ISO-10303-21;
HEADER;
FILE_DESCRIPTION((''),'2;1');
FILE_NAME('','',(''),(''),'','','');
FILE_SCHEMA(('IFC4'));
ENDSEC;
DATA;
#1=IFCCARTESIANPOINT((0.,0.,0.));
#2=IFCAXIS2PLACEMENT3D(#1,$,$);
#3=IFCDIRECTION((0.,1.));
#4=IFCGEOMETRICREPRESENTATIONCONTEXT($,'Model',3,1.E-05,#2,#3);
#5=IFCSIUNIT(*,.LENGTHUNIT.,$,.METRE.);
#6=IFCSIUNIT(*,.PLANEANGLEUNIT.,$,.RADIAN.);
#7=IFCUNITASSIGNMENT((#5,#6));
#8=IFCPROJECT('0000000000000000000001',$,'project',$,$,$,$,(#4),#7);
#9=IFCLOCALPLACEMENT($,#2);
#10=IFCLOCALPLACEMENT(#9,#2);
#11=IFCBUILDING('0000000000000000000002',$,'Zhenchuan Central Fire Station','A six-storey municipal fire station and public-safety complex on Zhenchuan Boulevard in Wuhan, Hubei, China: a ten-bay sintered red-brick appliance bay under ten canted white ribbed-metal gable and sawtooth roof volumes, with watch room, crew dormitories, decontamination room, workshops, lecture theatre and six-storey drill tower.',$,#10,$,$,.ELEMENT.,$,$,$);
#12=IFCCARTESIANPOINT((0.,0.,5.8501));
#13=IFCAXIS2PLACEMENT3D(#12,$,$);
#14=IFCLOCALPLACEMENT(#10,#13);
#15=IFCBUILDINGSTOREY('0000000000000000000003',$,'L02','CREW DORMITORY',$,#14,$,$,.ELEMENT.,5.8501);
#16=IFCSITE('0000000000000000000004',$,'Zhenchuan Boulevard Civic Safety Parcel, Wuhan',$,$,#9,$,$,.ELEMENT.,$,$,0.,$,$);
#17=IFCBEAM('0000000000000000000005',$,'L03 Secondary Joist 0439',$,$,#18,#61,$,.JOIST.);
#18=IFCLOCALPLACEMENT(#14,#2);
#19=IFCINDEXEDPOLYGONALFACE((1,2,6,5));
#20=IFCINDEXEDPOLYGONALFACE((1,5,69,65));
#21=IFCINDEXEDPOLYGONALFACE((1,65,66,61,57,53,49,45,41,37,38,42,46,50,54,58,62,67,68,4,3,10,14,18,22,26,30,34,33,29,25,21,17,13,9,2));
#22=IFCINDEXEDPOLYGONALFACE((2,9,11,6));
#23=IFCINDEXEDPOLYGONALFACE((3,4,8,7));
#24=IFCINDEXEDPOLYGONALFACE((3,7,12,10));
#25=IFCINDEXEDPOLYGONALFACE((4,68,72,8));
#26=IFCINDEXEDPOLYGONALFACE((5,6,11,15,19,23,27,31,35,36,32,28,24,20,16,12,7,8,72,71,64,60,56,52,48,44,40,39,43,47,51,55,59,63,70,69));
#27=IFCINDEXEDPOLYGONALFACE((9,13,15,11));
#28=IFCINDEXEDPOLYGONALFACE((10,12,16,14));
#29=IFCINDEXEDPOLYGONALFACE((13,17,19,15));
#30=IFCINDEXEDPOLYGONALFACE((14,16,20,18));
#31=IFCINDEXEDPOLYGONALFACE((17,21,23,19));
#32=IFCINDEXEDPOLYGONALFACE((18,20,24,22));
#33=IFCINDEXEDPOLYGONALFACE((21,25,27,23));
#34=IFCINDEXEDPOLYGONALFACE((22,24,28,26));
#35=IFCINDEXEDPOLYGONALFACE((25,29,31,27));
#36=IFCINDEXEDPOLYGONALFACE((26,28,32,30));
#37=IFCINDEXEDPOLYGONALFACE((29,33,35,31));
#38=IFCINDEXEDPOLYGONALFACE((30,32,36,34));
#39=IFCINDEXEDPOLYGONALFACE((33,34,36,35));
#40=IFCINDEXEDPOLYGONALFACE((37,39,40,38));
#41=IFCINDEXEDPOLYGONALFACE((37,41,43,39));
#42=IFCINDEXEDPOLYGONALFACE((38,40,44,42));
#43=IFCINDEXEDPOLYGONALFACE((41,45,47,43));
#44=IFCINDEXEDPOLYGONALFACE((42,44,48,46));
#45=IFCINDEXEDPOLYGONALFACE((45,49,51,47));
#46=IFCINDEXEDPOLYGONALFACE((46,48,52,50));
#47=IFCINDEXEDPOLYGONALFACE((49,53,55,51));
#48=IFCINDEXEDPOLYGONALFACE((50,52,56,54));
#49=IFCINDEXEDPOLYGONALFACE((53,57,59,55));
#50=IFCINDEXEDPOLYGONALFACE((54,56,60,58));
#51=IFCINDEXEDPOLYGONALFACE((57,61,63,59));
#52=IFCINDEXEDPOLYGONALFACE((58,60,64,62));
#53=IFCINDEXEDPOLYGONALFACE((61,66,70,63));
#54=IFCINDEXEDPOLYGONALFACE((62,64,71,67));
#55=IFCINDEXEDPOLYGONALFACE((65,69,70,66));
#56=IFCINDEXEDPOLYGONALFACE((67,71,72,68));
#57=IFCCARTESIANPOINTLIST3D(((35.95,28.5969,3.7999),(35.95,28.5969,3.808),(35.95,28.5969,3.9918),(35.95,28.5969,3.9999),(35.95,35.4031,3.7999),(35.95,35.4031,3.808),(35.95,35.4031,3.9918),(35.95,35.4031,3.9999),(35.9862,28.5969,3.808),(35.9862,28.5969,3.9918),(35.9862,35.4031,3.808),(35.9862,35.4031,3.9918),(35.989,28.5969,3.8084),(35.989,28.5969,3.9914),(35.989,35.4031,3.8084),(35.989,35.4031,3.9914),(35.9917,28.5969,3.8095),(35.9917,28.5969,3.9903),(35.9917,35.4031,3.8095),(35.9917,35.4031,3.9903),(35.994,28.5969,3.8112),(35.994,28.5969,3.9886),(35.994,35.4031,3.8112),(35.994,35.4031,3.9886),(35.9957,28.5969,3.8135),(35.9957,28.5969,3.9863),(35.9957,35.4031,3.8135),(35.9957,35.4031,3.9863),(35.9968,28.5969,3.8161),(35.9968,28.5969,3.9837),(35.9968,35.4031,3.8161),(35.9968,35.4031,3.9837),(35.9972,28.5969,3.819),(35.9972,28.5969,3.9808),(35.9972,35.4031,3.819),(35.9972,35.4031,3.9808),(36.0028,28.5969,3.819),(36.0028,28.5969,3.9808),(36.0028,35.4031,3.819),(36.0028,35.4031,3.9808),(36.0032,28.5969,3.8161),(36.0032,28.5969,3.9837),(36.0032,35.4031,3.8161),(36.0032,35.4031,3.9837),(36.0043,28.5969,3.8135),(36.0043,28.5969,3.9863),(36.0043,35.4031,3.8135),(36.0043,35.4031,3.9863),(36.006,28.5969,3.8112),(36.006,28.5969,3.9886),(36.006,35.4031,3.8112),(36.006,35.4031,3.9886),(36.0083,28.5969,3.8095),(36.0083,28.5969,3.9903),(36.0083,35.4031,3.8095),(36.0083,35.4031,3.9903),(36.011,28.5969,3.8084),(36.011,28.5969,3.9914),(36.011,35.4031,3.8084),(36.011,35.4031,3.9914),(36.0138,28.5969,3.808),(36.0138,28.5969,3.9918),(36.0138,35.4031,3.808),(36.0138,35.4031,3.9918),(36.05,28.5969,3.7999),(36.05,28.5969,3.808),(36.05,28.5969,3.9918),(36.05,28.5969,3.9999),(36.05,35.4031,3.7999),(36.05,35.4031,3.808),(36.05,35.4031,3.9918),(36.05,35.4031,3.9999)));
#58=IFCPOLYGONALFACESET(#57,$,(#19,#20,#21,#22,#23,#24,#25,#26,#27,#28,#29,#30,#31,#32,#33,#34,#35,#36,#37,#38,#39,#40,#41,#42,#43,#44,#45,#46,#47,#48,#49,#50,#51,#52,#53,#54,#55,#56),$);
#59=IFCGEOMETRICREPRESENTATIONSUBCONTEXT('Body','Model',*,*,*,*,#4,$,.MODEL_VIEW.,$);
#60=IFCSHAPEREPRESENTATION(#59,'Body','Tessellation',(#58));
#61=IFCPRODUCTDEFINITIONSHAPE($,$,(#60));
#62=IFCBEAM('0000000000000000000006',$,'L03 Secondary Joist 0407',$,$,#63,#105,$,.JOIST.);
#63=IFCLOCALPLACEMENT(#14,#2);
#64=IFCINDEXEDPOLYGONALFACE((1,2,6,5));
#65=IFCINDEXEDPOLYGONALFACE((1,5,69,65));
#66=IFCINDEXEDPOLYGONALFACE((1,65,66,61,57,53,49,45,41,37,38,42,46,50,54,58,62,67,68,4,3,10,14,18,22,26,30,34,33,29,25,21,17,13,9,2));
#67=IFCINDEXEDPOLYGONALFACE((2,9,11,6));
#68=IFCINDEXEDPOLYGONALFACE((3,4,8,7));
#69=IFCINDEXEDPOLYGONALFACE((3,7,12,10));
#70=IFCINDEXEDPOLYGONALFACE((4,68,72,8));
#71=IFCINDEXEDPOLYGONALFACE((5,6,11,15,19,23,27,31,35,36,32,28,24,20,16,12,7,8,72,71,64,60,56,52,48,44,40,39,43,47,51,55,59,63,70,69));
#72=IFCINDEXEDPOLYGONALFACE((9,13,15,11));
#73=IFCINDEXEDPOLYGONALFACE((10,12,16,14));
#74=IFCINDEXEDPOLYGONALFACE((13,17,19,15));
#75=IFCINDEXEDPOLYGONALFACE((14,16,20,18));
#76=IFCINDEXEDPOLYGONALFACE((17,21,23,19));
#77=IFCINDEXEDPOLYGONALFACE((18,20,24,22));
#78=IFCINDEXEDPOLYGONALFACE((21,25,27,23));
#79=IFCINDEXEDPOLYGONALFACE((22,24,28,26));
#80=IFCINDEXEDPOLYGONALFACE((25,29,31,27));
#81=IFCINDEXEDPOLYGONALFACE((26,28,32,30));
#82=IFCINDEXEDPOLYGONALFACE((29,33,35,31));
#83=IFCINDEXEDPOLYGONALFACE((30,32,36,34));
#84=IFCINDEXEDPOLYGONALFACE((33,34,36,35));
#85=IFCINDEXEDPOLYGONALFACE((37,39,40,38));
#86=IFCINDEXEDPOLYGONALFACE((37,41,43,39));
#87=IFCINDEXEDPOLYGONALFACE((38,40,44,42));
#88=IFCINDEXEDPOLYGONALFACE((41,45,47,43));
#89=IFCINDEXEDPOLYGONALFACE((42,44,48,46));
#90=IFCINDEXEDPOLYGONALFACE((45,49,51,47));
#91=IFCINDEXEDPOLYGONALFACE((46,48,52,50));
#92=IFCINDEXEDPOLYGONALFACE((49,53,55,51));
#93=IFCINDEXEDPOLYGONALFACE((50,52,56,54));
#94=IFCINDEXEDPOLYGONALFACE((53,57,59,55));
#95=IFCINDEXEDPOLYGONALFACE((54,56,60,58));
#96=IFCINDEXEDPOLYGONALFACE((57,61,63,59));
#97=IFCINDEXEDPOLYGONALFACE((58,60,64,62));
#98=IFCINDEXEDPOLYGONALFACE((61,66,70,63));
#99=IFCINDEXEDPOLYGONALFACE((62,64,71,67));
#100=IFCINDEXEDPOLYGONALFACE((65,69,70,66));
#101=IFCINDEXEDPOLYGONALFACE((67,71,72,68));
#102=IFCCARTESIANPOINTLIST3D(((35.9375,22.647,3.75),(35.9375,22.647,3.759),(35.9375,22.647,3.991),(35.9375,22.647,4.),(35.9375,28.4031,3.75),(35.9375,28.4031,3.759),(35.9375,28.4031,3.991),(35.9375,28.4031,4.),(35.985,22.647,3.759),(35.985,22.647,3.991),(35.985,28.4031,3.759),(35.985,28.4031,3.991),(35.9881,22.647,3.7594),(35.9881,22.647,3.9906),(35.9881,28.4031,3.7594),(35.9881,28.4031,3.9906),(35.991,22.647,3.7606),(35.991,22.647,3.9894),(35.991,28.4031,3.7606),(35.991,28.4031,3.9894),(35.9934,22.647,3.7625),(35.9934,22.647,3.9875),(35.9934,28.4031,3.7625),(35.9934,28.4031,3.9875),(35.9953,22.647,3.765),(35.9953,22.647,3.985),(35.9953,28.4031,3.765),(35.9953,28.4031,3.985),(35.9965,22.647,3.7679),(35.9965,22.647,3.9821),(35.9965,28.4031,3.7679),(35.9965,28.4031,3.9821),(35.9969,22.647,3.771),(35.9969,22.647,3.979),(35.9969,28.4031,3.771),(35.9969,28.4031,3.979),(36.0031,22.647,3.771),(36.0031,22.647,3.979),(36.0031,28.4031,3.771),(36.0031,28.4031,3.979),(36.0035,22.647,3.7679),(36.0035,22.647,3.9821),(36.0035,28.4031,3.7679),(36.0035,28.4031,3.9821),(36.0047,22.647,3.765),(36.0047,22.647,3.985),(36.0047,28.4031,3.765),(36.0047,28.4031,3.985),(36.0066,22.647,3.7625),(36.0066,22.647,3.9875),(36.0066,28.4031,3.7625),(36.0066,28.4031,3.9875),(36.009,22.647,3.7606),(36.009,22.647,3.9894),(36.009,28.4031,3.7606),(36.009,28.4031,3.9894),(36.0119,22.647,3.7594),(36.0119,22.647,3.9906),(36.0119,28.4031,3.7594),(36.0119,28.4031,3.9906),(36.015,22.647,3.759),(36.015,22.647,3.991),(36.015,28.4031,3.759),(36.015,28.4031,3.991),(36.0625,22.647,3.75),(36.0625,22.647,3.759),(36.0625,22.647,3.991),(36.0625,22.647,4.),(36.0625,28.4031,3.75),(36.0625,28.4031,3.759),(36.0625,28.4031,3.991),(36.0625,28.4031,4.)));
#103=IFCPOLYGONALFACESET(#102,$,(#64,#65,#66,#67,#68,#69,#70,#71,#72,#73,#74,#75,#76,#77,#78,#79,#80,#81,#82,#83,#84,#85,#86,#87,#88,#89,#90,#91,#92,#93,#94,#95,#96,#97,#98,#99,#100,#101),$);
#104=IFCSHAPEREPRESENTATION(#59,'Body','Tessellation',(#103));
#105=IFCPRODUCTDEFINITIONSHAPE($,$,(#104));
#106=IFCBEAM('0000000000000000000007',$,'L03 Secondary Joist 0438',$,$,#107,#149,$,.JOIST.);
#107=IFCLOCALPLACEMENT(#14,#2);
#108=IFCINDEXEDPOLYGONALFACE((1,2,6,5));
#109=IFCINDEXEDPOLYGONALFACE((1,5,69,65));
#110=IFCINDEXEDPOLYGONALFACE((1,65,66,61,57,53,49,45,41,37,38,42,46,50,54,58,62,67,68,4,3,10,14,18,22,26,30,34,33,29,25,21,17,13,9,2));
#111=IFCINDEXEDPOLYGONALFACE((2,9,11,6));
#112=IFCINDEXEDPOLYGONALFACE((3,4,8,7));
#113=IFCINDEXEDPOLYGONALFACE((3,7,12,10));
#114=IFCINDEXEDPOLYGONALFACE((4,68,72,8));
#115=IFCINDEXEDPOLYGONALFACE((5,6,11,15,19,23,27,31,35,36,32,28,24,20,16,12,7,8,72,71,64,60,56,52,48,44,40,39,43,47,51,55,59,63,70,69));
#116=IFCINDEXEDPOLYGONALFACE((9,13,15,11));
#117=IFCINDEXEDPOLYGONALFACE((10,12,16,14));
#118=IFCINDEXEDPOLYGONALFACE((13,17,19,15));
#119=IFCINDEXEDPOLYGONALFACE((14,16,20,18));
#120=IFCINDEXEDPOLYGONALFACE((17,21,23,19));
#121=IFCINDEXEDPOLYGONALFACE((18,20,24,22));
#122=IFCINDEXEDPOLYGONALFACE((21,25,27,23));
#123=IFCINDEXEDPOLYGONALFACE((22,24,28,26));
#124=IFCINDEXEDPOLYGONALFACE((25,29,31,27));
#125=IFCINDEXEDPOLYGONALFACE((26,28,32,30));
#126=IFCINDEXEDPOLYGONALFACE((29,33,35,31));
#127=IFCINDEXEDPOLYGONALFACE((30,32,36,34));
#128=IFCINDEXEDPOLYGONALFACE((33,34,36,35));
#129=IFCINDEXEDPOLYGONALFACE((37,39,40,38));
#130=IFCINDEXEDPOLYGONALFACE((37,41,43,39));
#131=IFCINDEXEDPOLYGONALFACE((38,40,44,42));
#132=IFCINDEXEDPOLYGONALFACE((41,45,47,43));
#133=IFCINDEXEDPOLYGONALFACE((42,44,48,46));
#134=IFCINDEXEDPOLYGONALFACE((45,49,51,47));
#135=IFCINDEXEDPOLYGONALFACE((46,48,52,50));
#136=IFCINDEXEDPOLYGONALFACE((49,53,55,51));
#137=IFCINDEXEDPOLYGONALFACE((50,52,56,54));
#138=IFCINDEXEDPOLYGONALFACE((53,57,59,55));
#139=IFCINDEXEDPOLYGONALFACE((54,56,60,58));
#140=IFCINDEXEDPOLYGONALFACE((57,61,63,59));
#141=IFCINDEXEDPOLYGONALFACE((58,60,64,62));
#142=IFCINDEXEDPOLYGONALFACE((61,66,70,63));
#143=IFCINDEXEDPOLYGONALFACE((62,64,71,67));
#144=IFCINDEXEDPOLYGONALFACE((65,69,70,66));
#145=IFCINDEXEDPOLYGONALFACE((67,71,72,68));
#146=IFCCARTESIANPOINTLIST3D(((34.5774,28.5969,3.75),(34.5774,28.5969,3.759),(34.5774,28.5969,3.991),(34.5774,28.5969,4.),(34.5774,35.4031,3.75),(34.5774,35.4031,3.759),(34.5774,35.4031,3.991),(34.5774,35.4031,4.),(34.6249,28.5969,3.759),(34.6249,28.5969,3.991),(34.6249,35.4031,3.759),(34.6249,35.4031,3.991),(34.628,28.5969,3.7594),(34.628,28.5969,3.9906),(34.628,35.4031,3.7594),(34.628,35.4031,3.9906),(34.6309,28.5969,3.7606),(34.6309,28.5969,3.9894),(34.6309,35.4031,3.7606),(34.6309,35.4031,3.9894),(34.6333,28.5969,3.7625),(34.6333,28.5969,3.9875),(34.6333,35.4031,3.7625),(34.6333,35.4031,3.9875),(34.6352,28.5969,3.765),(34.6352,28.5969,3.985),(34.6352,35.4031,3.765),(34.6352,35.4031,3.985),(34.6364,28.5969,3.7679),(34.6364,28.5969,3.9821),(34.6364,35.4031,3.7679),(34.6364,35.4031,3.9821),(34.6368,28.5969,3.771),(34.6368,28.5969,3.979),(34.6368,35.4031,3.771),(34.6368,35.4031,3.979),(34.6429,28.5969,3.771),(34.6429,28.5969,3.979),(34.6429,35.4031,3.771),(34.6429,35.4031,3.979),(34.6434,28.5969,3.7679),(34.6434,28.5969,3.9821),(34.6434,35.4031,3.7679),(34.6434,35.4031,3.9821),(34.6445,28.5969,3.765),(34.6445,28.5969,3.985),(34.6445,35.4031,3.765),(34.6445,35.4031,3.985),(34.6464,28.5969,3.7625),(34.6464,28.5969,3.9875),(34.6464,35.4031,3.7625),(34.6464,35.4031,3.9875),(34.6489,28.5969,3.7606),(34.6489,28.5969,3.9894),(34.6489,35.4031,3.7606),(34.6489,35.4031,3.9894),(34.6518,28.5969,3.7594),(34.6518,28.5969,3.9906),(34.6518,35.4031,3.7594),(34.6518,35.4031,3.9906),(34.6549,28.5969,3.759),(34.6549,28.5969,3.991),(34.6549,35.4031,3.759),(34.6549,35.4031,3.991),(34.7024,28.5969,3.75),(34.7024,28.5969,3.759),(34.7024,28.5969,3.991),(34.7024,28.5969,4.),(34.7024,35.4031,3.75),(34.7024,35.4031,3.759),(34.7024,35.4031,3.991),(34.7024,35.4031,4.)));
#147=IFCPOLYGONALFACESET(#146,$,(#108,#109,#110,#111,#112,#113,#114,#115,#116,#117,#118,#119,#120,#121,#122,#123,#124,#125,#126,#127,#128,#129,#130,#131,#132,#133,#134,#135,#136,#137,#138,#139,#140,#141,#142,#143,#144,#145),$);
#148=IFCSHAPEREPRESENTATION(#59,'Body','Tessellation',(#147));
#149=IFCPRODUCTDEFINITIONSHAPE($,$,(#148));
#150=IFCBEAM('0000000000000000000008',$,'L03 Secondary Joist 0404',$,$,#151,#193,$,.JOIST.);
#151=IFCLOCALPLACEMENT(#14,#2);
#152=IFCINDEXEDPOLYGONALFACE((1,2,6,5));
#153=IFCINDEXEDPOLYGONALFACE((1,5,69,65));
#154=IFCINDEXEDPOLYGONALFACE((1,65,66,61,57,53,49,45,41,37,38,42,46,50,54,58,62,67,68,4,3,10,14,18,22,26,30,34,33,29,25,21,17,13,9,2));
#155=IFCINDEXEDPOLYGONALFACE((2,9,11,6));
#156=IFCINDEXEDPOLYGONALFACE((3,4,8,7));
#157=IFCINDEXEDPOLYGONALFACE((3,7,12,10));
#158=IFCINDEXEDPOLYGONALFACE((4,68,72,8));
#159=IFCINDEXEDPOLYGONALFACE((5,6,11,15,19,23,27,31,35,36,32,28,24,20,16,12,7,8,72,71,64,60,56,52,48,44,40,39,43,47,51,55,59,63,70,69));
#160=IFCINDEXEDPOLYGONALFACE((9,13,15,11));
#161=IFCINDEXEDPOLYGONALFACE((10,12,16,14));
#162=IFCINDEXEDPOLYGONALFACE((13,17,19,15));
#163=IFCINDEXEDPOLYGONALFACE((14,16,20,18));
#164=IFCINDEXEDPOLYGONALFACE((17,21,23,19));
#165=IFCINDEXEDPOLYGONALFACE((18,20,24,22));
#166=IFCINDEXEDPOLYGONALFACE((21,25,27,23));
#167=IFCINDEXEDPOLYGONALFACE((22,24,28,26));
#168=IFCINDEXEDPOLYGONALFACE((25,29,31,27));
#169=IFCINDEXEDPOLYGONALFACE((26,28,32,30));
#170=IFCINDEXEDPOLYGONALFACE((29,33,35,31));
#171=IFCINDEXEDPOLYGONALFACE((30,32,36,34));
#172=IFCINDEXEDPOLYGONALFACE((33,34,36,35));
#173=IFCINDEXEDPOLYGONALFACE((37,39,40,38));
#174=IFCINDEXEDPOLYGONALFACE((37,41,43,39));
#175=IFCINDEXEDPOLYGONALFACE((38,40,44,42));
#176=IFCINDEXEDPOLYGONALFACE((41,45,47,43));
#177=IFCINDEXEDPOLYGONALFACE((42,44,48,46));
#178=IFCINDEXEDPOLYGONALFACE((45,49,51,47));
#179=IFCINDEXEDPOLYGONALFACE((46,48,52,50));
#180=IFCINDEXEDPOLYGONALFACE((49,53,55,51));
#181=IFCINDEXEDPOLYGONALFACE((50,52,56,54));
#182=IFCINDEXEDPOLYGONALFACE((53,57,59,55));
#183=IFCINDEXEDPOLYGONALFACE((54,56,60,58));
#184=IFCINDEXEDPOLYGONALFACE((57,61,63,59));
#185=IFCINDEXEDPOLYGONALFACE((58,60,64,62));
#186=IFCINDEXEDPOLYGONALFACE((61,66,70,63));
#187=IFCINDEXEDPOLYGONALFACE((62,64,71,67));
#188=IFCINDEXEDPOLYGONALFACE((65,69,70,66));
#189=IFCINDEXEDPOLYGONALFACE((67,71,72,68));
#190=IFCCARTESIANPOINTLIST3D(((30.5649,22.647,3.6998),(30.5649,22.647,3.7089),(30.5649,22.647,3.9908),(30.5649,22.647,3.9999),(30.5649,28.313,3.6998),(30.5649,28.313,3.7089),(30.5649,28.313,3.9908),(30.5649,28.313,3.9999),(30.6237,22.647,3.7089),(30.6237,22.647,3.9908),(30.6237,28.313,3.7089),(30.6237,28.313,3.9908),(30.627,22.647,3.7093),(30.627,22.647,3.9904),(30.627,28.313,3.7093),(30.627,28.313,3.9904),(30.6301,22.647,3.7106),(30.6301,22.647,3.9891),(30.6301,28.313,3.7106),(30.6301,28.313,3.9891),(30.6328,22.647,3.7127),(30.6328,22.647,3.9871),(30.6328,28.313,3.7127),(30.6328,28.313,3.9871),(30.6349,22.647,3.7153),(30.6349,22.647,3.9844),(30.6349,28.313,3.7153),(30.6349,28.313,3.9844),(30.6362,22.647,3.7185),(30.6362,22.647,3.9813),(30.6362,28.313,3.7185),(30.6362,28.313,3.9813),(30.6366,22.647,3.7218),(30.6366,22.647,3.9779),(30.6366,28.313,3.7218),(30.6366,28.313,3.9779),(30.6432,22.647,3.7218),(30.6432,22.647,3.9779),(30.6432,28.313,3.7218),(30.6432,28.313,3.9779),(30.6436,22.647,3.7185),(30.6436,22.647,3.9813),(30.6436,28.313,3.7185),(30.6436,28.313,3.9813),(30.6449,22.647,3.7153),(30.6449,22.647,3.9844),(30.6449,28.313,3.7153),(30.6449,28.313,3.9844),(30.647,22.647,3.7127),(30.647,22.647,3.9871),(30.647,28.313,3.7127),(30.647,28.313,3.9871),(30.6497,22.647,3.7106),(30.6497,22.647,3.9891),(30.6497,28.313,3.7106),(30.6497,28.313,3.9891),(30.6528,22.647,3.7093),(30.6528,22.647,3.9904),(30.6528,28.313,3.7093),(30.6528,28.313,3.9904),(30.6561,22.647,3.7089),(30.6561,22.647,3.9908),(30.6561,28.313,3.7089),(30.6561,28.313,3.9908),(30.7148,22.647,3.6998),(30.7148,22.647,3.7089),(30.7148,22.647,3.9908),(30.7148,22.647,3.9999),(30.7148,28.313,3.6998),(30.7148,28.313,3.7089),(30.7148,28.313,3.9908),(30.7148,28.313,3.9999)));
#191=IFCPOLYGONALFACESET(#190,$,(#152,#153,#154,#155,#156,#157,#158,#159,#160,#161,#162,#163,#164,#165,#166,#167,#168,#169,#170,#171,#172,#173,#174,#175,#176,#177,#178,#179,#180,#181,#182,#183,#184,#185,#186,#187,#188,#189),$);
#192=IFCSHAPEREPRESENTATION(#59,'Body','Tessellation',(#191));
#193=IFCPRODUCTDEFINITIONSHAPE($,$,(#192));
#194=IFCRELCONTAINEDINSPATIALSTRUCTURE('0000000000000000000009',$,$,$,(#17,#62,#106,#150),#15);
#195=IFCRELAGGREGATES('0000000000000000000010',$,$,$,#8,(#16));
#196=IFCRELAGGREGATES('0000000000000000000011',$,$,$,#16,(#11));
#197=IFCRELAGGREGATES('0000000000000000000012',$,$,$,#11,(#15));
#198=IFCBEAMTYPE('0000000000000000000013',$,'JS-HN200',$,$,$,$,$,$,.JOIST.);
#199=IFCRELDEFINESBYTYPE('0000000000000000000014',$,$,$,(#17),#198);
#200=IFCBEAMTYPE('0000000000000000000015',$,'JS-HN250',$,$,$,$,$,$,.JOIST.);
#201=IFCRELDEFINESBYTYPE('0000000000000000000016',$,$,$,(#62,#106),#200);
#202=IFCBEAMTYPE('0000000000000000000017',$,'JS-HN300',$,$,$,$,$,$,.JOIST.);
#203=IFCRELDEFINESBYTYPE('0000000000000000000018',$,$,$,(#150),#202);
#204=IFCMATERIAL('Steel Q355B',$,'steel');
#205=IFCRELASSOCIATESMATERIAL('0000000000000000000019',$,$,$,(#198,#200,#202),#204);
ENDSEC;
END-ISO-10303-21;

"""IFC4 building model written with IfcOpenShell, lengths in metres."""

from ifc_helpers import new_model, si_unit, direction, frame, origin, origin_2d, place, context, subcontext, project, spatial, i_section, extrude, material, material_profile, profile_set, type_object, element, save


model = new_model("IFC4")

# Units and contexts
model_context = context("Model", 3, precision=1e-05, world=origin(), true_north=direction((0.0, 1.0)))
body_context = subcontext(model_context, "Body", "Model", "MODEL_VIEW")
ifc_project = project(units=[si_unit("LENGTHUNIT", "METRE"), si_unit("PLANEANGLEUNIT", "RADIAN")], contexts=[model_context])

# Site, building, storey
site_placement = place(None, origin())
site = spatial("IfcSite", under=ifc_project, at=site_placement, Name="Zhenchuan Boulevard Civic Safety Parcel, Wuhan", CompositionType="ELEMENT", RefElevation=0.0)
building_placement = place(site_placement, origin())
building = spatial("IfcBuilding", under=site, at=building_placement, Name="Zhenchuan Central Fire Station", Description="A six-storey municipal fire station and public-safety complex on Zhenchuan Boulevard in Wuhan, Hubei, China: a ten-bay sintered red-brick appliance bay under ten canted white ribbed-metal gable and sawtooth roof volumes, with watch room, crew dormitories, decontamination room, workshops, lecture theatre and six-storey drill tower.", CompositionType="ELEMENT")
storey_placement = place(building_placement, frame((0.0, 0.0, 5.8501)))
storey = spatial("IfcBuildingStorey", under=building, at=storey_placement, Name="L02", Description="CREW DORMITORY", CompositionType="ELEMENT", Elevation=5.8501)

# Shared definitions
ifc_material_1 = material(Name="Steel Q355B", Category="steel")

# Beams
ifc_material_profile_1 = material_profile(ifc_material_1, i_section(OverallWidth=0.1001, OverallDepth=0.2, WebThickness=0.0056, FlangeThickness=0.0081, FilletRadius=0.011, at=origin_2d()), Name="HN 200x100")
ifc_profile_set_1 = profile_set([ifc_material_profile_1], Name="Steel Q355B")
beam_type_1 = type_object("IfcBeamType", Name="JS-HN200", PredefinedType="JOIST", material=ifc_profile_set_1)
beam_1_placement = place(storey_placement, frame((36.0, 28.5969, 3.8999), z_axis=(0.0, 1.0, 0.0), x_axis=(-1.0, 0.0, 0.0)))
element("IfcBeam", 1, at=beam_1_placement, inside=storey, type_object=beam_type_1, Name="L03 Secondary Joist 0439", PredefinedType="JOIST", context=body_context, shape_type="SweptSolid", body=[
    extrude(i_section(OverallWidth=0.1001, OverallDepth=0.2, WebThickness=0.0056, FlangeThickness=0.0081, FilletRadius=0.011, at=origin_2d()), origin(), (0.0, 0.0, 1.0), 6.8062),
])
ifc_material_profile_2 = material_profile(ifc_material_1, i_section(OverallWidth=0.125, OverallDepth=0.25, WebThickness=0.0061, FlangeThickness=0.009, FilletRadius=0.012, at=origin_2d()), Name="HN 250x125")
ifc_profile_set_2 = profile_set([ifc_material_profile_2], Name="Steel Q355B")
beam_type_2 = type_object("IfcBeamType", Name="JS-HN250", PredefinedType="JOIST", material=ifc_profile_set_2)
beam_2_placement = place(storey_placement, frame((36.0, 22.647, 3.875), z_axis=(0.0, 1.0, 0.0), x_axis=(-1.0, 0.0, 0.0)))
element("IfcBeam", 2, at=beam_2_placement, inside=storey, type_object=beam_type_2, Name="L03 Secondary Joist 0407", PredefinedType="JOIST", context=body_context, shape_type="SweptSolid", body=[
    extrude(i_section(OverallWidth=0.125, OverallDepth=0.25, WebThickness=0.0061, FlangeThickness=0.009, FilletRadius=0.012, at=origin_2d()), origin(), (0.0, 0.0, 1.0), 5.7561),
])
beam_3_placement = place(storey_placement, frame((34.6399, 28.5969, 3.875), z_axis=(0.0, 1.0, 0.0), x_axis=(-1.0, 0.0, 0.0)))
element("IfcBeam", 3, at=beam_3_placement, inside=storey, type_object=beam_type_2, Name="L03 Secondary Joist 0438", PredefinedType="JOIST", context=body_context, shape_type="SweptSolid", body=[
    extrude(i_section(OverallWidth=0.125, OverallDepth=0.25, WebThickness=0.0061, FlangeThickness=0.009, FilletRadius=0.012, at=origin_2d()), origin(), (0.0, 0.0, 1.0), 6.8062),
])
ifc_material_profile_3 = material_profile(ifc_material_1, i_section(OverallWidth=0.1499, OverallDepth=0.3, WebThickness=0.0066, FlangeThickness=0.009, FilletRadius=0.0129, at=origin_2d()), Name="HN 300x150")
ifc_profile_set_3 = profile_set([ifc_material_profile_3], Name="Steel Q355B")
beam_type_3 = type_object("IfcBeamType", Name="JS-HN300", PredefinedType="JOIST", material=ifc_profile_set_3)
beam_4_placement = place(storey_placement, frame((30.6399, 22.647, 3.8499), z_axis=(0.0, 1.0, 0.0), x_axis=(-1.0, 0.0, 0.0)))
element("IfcBeam", 4, at=beam_4_placement, inside=storey, type_object=beam_type_3, Name="L03 Secondary Joist 0404", PredefinedType="JOIST", context=body_context, shape_type="SweptSolid", body=[
    extrude(i_section(OverallWidth=0.1499, OverallDepth=0.3, WebThickness=0.0066, FlangeThickness=0.009, FilletRadius=0.0129, at=origin_2d()), origin(), (0.0, 0.0, 1.0), 5.666),
])

save(model, "model.ifc")
